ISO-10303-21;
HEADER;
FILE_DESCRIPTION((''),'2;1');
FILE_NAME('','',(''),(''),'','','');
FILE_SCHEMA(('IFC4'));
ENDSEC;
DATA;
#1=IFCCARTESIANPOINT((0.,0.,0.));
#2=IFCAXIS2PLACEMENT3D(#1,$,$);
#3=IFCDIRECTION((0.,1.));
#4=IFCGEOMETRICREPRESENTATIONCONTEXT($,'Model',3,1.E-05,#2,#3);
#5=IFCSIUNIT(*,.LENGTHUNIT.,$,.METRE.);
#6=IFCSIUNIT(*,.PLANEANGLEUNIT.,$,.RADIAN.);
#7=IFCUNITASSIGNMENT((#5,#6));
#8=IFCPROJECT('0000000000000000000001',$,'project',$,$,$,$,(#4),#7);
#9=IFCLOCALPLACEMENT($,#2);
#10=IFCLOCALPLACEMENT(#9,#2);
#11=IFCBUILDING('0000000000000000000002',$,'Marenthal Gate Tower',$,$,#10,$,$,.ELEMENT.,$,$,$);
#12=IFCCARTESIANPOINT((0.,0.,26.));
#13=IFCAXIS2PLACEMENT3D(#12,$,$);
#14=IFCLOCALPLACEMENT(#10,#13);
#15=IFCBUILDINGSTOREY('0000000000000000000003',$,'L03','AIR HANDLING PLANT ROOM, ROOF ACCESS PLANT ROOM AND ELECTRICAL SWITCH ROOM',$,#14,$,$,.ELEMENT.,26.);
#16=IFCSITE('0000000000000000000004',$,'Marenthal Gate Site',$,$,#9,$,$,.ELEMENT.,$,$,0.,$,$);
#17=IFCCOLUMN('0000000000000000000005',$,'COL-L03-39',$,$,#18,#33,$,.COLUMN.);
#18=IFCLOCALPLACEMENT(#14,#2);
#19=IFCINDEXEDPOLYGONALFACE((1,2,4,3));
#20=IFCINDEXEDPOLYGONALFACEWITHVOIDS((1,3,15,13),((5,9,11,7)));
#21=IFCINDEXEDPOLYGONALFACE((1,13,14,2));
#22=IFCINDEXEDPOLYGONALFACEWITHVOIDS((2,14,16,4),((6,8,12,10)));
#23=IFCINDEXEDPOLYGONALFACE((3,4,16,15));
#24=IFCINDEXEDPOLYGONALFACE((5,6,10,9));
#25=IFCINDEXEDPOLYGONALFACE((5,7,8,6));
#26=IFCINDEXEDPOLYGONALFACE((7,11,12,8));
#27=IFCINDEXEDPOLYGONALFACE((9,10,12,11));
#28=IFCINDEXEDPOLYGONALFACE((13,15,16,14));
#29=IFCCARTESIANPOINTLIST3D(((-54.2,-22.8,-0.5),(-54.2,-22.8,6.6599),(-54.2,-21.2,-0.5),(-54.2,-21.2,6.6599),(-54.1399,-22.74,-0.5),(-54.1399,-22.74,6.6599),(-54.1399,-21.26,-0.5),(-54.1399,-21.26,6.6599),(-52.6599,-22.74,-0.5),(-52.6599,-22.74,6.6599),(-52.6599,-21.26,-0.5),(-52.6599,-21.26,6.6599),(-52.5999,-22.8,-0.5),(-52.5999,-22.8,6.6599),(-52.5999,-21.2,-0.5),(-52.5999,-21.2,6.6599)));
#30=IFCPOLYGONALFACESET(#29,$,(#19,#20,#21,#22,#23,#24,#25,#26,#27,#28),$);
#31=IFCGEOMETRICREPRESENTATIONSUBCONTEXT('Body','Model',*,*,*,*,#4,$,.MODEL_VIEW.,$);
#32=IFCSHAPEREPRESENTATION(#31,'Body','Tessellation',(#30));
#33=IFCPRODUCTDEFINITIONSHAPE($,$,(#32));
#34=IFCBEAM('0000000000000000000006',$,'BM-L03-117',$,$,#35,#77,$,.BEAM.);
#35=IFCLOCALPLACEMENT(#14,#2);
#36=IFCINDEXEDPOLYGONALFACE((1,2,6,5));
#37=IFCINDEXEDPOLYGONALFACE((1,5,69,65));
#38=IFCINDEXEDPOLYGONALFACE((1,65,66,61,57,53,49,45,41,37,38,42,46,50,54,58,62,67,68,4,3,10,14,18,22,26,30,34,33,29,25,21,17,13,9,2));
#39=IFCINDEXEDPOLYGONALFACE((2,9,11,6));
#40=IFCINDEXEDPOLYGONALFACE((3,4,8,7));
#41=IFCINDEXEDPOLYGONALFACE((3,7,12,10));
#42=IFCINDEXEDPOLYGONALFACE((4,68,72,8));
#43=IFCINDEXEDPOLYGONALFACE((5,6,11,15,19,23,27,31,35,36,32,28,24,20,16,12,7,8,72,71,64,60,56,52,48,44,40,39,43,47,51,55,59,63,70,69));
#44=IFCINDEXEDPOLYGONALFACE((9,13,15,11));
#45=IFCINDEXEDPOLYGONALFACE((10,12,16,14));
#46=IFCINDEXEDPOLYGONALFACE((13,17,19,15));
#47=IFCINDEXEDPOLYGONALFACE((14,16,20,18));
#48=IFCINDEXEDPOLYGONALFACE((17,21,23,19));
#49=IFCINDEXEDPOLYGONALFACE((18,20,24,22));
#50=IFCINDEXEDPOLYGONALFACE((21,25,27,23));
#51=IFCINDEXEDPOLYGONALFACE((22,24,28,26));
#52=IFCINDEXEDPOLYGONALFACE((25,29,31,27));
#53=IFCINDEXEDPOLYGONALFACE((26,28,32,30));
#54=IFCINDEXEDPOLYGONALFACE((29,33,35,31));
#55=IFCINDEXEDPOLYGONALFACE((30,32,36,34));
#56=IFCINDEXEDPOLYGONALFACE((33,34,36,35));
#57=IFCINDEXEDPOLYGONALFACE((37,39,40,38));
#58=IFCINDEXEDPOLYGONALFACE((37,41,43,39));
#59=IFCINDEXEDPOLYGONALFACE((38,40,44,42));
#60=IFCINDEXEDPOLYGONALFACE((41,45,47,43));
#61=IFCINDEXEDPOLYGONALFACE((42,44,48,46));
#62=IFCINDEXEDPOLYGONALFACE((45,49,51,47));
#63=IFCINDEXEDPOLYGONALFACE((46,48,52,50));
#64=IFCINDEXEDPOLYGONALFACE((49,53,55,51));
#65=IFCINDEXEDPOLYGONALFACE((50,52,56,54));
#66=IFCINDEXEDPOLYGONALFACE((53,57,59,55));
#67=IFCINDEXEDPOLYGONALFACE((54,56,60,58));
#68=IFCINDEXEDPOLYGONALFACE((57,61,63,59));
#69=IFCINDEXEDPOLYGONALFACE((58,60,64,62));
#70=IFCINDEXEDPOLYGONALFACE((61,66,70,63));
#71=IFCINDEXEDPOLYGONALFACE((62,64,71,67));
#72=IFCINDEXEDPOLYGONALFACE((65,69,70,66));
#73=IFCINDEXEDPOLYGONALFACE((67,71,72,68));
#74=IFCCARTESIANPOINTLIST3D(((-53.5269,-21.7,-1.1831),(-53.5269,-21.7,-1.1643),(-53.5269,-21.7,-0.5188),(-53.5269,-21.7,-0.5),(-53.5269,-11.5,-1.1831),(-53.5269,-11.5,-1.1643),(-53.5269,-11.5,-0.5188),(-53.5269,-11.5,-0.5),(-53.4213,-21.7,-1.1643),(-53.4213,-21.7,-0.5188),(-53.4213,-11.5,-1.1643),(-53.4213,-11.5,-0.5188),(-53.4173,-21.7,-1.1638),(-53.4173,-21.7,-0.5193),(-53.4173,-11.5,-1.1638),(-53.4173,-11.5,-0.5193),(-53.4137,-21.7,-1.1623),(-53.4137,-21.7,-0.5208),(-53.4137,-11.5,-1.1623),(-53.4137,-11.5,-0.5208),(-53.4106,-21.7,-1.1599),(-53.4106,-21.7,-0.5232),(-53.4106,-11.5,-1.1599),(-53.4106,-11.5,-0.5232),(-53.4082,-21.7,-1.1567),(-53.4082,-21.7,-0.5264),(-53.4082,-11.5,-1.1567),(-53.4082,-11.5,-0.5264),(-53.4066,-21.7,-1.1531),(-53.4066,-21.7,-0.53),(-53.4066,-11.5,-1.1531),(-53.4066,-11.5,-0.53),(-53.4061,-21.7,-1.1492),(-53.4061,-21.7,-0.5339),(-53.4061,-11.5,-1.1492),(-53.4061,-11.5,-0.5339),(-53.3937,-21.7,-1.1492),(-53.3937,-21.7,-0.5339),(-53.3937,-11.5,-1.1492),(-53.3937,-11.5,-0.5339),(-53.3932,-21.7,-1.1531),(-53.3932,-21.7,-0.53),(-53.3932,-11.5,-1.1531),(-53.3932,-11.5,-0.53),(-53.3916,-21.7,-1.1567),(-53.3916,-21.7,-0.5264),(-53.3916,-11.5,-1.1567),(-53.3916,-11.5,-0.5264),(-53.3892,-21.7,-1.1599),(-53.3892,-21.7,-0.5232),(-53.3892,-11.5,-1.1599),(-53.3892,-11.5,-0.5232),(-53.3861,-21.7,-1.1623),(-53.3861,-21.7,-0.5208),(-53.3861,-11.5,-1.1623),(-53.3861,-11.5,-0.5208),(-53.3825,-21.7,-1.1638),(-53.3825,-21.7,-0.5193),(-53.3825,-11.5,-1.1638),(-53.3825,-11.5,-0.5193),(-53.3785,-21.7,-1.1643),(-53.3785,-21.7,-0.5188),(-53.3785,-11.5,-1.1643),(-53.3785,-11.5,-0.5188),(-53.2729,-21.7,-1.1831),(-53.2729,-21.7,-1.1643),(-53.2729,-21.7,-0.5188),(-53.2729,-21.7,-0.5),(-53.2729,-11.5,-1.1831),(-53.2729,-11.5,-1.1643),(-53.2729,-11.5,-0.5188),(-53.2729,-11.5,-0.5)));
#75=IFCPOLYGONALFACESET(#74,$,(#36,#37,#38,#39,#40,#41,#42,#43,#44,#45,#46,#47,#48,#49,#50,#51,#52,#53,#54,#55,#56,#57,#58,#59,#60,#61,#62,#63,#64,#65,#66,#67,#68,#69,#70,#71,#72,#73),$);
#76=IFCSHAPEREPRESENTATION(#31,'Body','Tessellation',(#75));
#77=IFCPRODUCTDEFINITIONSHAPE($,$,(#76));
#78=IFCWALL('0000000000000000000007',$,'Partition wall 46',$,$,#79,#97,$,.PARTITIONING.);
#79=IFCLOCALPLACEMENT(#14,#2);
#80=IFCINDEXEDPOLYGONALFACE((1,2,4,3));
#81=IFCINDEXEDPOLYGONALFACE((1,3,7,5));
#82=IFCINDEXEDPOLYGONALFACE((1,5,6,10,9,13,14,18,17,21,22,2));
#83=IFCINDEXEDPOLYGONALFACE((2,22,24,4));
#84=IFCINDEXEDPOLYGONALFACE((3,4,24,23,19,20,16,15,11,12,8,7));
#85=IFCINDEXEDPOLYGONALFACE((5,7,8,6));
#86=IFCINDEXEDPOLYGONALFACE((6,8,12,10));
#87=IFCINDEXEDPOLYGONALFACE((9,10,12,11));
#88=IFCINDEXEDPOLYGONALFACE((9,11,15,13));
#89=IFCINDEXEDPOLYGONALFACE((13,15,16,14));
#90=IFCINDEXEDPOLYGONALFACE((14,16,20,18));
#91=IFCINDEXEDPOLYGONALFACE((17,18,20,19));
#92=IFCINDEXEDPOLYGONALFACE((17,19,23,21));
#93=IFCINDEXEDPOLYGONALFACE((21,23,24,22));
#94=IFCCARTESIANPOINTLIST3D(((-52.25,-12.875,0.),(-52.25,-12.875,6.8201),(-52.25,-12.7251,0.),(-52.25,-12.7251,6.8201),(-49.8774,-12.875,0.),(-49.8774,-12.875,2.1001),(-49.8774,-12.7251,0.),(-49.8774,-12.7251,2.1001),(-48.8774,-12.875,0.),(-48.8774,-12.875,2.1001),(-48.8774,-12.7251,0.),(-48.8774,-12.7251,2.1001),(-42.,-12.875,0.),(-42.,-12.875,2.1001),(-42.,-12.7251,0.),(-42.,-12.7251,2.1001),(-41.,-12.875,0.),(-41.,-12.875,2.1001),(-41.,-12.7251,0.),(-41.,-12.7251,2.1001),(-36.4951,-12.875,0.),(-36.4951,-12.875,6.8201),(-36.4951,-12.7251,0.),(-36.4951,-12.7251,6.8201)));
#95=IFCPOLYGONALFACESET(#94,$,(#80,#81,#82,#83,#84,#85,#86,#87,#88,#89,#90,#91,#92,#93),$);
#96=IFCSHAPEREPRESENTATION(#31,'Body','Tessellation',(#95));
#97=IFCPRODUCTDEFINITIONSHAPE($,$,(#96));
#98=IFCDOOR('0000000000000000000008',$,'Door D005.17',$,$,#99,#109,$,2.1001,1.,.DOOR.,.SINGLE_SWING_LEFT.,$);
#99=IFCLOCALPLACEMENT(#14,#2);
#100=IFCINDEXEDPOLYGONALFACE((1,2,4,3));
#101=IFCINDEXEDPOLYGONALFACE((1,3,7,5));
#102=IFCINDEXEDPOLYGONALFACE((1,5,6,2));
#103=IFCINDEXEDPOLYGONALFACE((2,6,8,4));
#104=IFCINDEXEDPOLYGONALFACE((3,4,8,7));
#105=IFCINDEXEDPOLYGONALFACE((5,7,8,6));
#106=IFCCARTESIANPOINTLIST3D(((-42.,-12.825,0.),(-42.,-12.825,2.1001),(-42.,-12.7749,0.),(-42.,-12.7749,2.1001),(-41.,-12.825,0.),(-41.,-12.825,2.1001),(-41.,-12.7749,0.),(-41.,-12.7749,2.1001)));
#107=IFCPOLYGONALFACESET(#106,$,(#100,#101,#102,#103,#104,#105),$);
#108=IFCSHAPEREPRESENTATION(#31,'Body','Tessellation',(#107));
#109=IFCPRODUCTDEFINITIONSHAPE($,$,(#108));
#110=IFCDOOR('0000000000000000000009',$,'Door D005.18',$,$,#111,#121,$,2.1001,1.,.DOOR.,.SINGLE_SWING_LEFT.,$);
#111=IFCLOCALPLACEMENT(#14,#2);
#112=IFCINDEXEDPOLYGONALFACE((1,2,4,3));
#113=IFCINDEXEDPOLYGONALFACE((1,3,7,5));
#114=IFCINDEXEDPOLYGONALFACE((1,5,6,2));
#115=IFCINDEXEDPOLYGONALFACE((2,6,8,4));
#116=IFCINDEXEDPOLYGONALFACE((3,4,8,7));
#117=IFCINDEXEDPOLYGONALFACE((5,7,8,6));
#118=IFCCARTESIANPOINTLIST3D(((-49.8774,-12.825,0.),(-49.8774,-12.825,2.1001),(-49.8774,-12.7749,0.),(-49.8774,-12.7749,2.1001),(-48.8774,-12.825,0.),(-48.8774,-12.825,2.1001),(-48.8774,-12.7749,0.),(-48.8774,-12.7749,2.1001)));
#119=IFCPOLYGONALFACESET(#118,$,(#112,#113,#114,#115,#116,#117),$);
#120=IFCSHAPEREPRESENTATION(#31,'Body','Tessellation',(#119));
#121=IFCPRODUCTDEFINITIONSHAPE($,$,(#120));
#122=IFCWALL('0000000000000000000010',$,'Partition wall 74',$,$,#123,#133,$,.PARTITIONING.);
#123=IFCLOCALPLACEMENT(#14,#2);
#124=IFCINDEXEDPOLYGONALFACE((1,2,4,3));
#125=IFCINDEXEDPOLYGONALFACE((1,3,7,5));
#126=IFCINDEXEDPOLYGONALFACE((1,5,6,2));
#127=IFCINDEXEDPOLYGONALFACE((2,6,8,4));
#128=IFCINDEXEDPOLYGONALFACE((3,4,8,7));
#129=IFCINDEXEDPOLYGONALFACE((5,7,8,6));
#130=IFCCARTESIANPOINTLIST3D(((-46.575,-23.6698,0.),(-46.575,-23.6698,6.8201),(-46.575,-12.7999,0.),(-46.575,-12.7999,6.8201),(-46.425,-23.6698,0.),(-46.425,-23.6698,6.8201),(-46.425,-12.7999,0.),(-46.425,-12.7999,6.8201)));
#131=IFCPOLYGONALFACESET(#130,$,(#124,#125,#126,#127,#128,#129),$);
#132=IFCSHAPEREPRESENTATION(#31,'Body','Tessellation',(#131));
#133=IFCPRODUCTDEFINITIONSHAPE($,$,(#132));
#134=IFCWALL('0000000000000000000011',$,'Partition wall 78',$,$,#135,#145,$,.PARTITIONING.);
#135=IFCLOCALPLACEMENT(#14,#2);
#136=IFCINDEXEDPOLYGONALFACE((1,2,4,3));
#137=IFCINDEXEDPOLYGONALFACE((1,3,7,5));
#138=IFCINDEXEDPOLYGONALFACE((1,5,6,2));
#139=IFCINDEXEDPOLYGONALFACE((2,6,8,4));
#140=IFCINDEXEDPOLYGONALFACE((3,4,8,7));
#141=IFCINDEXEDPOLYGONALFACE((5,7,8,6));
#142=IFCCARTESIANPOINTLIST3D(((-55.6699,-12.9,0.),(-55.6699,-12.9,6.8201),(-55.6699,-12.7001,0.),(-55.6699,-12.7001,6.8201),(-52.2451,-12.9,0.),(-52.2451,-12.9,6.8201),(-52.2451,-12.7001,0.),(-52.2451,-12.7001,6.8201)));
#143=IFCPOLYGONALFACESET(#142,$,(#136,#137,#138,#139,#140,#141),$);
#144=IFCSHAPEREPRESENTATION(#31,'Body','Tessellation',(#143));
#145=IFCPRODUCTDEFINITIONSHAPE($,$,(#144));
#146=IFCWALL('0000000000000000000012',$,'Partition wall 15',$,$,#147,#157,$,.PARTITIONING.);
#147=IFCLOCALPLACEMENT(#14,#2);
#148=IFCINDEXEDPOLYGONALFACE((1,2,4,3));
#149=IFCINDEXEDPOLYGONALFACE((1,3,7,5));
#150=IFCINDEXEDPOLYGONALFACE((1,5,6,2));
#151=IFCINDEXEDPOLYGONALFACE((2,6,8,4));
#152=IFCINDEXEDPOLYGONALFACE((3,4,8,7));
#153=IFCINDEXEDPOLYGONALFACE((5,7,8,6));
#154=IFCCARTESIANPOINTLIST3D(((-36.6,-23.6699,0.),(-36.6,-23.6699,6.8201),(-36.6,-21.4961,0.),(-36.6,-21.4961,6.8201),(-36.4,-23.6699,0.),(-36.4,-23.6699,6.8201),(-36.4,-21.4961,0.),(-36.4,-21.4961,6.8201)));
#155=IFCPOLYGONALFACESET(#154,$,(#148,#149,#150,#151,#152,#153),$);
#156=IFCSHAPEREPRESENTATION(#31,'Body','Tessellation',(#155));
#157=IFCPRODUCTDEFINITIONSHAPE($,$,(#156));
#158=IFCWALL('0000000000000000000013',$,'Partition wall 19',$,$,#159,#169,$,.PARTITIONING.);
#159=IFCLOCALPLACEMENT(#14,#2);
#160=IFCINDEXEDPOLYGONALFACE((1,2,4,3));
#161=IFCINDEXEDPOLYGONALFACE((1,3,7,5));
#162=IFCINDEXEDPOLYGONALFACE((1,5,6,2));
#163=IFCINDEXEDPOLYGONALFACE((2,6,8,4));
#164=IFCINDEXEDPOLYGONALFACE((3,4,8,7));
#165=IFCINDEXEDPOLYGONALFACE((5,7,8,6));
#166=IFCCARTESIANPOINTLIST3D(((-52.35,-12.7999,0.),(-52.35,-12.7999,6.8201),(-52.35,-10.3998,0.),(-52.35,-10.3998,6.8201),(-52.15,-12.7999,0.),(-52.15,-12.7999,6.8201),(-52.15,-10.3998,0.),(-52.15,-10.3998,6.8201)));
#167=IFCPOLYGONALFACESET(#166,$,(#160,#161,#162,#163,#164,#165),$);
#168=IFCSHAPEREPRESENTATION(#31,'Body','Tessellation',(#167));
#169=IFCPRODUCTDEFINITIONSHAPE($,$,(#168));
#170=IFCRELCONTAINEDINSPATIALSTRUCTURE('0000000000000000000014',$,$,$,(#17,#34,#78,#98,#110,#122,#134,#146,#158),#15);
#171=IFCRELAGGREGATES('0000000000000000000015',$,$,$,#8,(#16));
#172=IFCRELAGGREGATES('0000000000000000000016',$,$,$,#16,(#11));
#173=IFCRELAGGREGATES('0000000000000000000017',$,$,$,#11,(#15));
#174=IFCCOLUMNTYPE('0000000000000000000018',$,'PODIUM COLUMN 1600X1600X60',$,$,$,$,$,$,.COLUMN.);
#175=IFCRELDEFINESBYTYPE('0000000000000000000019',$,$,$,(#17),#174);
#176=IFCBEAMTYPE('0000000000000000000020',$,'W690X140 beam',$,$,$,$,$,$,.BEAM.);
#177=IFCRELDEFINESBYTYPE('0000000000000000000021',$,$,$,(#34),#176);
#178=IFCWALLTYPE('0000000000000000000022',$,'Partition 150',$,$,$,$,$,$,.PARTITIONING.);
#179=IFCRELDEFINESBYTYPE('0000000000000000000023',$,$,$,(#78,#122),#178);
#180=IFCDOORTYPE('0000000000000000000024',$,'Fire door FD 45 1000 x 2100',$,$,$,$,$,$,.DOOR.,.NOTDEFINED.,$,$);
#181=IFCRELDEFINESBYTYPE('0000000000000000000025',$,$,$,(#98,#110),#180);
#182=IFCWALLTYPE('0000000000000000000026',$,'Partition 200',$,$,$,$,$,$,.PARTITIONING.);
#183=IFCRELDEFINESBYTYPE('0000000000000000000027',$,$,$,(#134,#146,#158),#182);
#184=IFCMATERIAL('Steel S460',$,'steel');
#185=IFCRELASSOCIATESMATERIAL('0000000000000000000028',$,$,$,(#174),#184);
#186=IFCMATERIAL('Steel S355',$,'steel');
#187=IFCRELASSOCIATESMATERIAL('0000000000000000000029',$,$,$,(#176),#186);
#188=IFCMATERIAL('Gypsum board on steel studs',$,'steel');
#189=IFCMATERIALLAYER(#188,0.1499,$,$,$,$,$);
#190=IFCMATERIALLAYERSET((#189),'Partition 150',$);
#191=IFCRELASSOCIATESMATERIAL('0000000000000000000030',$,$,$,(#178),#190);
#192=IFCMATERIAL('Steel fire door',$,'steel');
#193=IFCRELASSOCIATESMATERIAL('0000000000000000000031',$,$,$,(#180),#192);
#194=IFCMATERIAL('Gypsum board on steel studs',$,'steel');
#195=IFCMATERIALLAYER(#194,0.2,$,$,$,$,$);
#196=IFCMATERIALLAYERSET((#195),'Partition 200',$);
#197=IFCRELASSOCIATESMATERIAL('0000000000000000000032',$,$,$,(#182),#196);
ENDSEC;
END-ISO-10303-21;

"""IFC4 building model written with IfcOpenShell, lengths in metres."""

from ifc_helpers import new_model, si_unit, direction, frame, frame_2d, origin, origin_2d, place, context, subcontext, project, spatial, rectangle, hollow_rectangle, i_section, extrude, material, layer, layer_set, material_profile, profile_set, type_object, element, fill, save


model = new_model("IFC4")

# Units and contexts
model_context = context("Model", 3, precision=1e-05, world=origin(), true_north=direction((0.0, 1.0)))
body_context = subcontext(model_context, "Body", "Model", "MODEL_VIEW")
ifc_project = project(units=[si_unit("LENGTHUNIT", "METRE"), si_unit("PLANEANGLEUNIT", "RADIAN")], contexts=[model_context])

# Site, building, storey
site_placement = place(None, origin())
site = spatial("IfcSite", under=ifc_project, at=site_placement, Name="Marenthal Gate Site", CompositionType="ELEMENT", RefElevation=0.0)
building_placement = place(site_placement, origin())
building = spatial("IfcBuilding", under=site, at=building_placement, Name="Marenthal Gate Tower", CompositionType="ELEMENT")
storey_placement = place(building_placement, frame((0.0, 0.0, 26.0)))
storey = spatial("IfcBuildingStorey", under=building, at=storey_placement, Name="L03", Description="AIR HANDLING PLANT ROOM, ROOF ACCESS PLANT ROOM AND ELECTRICAL SWITCH ROOM", CompositionType="ELEMENT", Elevation=26.0)

# Column
ifc_material_1 = material(Name="Steel S460", Category="steel")
ifc_material_profile_1 = material_profile(ifc_material_1, hollow_rectangle(XDim=1.6001, YDim=1.6001, WallThickness=0.0601, at=origin_2d()), Name="CFT BOX 1600X1600X60")
ifc_material_2 = material(Name="Concrete 70 MPa", Category="concrete")
ifc_material_profile_2 = material_profile(ifc_material_2, rectangle(XDim=1.48, YDim=1.48, at=origin_2d()), Name="CFT BOX 1600X1600X60 INFILL")
ifc_profile_set_1 = profile_set([ifc_material_profile_1, ifc_material_profile_2], Name="Steel S460 shell, Concrete 70 MPa infill")
column_type = type_object("IfcColumnType", Name="PODIUM COLUMN 1600X1600X60", PredefinedType="COLUMN", material=ifc_profile_set_1)
column_placement = place(storey_placement, frame((-53.3999, -22.0, -0.5), z_axis=(0.0, 0.0, 1.0), x_axis=(1.0, 0.0, 0.0)))
element("IfcColumn", 1, at=column_placement, inside=storey, type_object=column_type, Name="COL-L03-39", PredefinedType="COLUMN", context=body_context, shape_type="SweptSolid", body=[
    extrude(hollow_rectangle(XDim=1.6001, YDim=1.6001, WallThickness=0.0601, at=origin_2d()), origin(), (0.0, 0.0, 1.0), 7.1599),
])

# Beam
ifc_material_3 = material(Name="Steel S355", Category="steel")
ifc_material_profile_3 = material_profile(ifc_material_3, i_section(OverallWidth=0.2539, OverallDepth=0.6831, WebThickness=0.0125, FlangeThickness=0.0188, FilletRadius=0.0151, at=origin_2d()), Name="W690X140")
ifc_profile_set_2 = profile_set([ifc_material_profile_3], Name="Steel S355")
beam_type = type_object("IfcBeamType", Name="W690X140 beam", PredefinedType="BEAM", material=ifc_profile_set_2)
beam_placement = place(storey_placement, frame((-53.3999, -21.7, -0.8416), z_axis=(0.0, 1.0, 0.0), x_axis=(-1.0, 0.0, 0.0)))
element("IfcBeam", 2, at=beam_placement, inside=storey, type_object=beam_type, Name="BM-L03-117", PredefinedType="BEAM", context=body_context, shape_type="SweptSolid", body=[
    extrude(i_section(OverallWidth=0.2539, OverallDepth=0.6831, WebThickness=0.0125, FlangeThickness=0.0188, FilletRadius=0.0151, at=origin_2d()), origin(), (0.0, 0.0, 1.0), 10.2),
])

# Wall, openings, doors
ifc_material_4 = material(Name="Gypsum board on steel studs", Category="steel")
ifc_layer_1 = layer(ifc_material_4, 0.1499)
ifc_layer_set_1 = layer_set([ifc_layer_1], Name="Partition 150")
wall_type_1 = type_object("IfcWallType", Name="Partition 150", PredefinedType="PARTITIONING", material=ifc_layer_set_1)
wall_1_placement = place(storey_placement, frame((-52.25, -12.8, 0.0), z_axis=(0.0, 0.0, 1.0), x_axis=(1.0, 0.0, 0.0)))
wall_1 = element("IfcWall", 3, at=wall_1_placement, inside=storey, type_object=wall_type_1, Name="Partition wall 46", PredefinedType="PARTITIONING", context=body_context, shape_type="SweptSolid", body=[
    extrude(rectangle(XDim=15.7549, YDim=0.1499, at=frame_2d((7.8774, 0.0))), origin(), (0.0, 0.0, 1.0), 6.8201),
])
opening_1_placement = place(wall_1_placement, frame((10.25, 0.0, 0.0)))
opening_1 = element("IfcOpeningElement", 4, at=opening_1_placement, cuts=wall_1, PredefinedType="OPENING", context=body_context, shape_type="SweptSolid", body=[
    extrude(rectangle(XDim=1.0, YDim=2.1001, at=frame_2d((0.5, 1.05))), frame((0.0, 0.085, 0.0), z_axis=(0.0, -1.0, 0.0), x_axis=(1.0, 0.0, 0.0)), (0.0, 0.0, 1.0), 0.1699),
])
opening_2_placement = place(wall_1_placement, frame((2.3726, 0.0, 0.0)))
opening_2 = element("IfcOpeningElement", 5, at=opening_2_placement, cuts=wall_1, PredefinedType="OPENING", context=body_context, shape_type="SweptSolid", body=[
    extrude(rectangle(XDim=1.0, YDim=2.1001, at=frame_2d((0.5, 1.05))), frame((0.0, 0.085, 0.0), z_axis=(0.0, -1.0, 0.0), x_axis=(1.0, 0.0, 0.0)), (0.0, 0.0, 1.0), 0.1699),
])
ifc_material_5 = material(Name="Steel fire door", Category="steel")
door_type_1 = type_object("IfcDoorType", Name="Fire door FD 45 1000 x 2100", OperationType="NOTDEFINED", PredefinedType="DOOR", material=ifc_material_5)
door_1_placement = place(opening_1_placement, frame((1.0, 0.0, 0.0), z_axis=(0.0, 0.0, 1.0), x_axis=(-1.0, 0.0, 0.0)))
door_1 = element("IfcDoor", 6, at=door_1_placement, inside=storey, type_object=door_type_1, Name="Door D005.17", OperationType="SINGLE_SWING_LEFT", OverallHeight=2.1001, OverallWidth=1.0, PredefinedType="DOOR", context=body_context, shape_type="SweptSolid", body=[
    extrude(rectangle(XDim=1.0, YDim=2.1001, at=frame_2d((0.5, 1.05))), frame((0.0, 0.0249, 0.0), z_axis=(0.0, -1.0, 0.0), x_axis=(1.0, 0.0, 0.0)), (0.0, 0.0, 1.0), 0.05),
])
fill(opening_1, door_1)
door_2_placement = place(opening_2_placement, frame((1.0, 0.0, 0.0), z_axis=(0.0, 0.0, 1.0), x_axis=(-1.0, 0.0, 0.0)))
door_2 = element("IfcDoor", 7, at=door_2_placement, inside=storey, type_object=door_type_1, Name="Door D005.18", OperationType="SINGLE_SWING_LEFT", OverallHeight=2.1001, OverallWidth=1.0, PredefinedType="DOOR", context=body_context, shape_type="SweptSolid", body=[
    extrude(rectangle(XDim=1.0, YDim=2.1001, at=frame_2d((0.5, 1.05))), frame((0.0, 0.0249, 0.0), z_axis=(0.0, -1.0, 0.0), x_axis=(1.0, 0.0, 0.0)), (0.0, 0.0, 1.0), 0.05),
])
fill(opening_2, door_2)

# Walls
wall_2_placement = place(storey_placement, frame((-46.5, -23.6699, 0.0), z_axis=(0.0, 0.0, 1.0), x_axis=(0.0, 1.0, 0.0)))
element("IfcWall", 8, at=wall_2_placement, inside=storey, type_object=wall_type_1, Name="Partition wall 74", PredefinedType="PARTITIONING", context=body_context, shape_type="SweptSolid", body=[
    extrude(rectangle(XDim=10.8699, YDim=0.1499, at=frame_2d((5.4351, 0.0))), origin(), (0.0, 0.0, 1.0), 6.8201),
])
ifc_material_6 = material(Name="Gypsum board on steel studs", Category="steel")
ifc_layer_2 = layer(ifc_material_6, 0.2)
ifc_layer_set_2 = layer_set([ifc_layer_2], Name="Partition 200")
wall_type_2 = type_object("IfcWallType", Name="Partition 200", PredefinedType="PARTITIONING", material=ifc_layer_set_2)
wall_3_placement = place(storey_placement, frame((-55.6699, -12.8, 0.0), z_axis=(0.0, 0.0, 1.0), x_axis=(1.0, 0.0, 0.0)))
element("IfcWall", 9, at=wall_3_placement, inside=storey, type_object=wall_type_2, Name="Partition wall 78", PredefinedType="PARTITIONING", context=body_context, shape_type="SweptSolid", body=[
    extrude(rectangle(XDim=3.4248, YDim=0.2, at=frame_2d((1.7124, 0.0))), origin(), (0.0, 0.0, 1.0), 6.8201),
])
wall_4_placement = place(storey_placement, frame((-36.5, -23.6699, 0.0), z_axis=(0.0, 0.0, 1.0), x_axis=(0.0, 1.0, 0.0)))
element("IfcWall", 10, at=wall_4_placement, inside=storey, type_object=wall_type_2, Name="Partition wall 15", PredefinedType="PARTITIONING", context=body_context, shape_type="SweptSolid", body=[
    extrude(rectangle(XDim=2.1738, YDim=0.2, at=frame_2d((1.0869, 0.0))), origin(), (0.0, 0.0, 1.0), 6.8201),
])
wall_5_placement = place(storey_placement, frame((-52.25, -12.8, 0.0), z_axis=(0.0, 0.0, 1.0), x_axis=(0.0, 1.0, 0.0)))
element("IfcWall", 11, at=wall_5_placement, inside=storey, type_object=wall_type_2, Name="Partition wall 19", PredefinedType="PARTITIONING", context=body_context, shape_type="SweptSolid", body=[
    extrude(rectangle(XDim=2.4001, YDim=0.2, at=frame_2d((1.2002, 0.0))), origin(), (0.0, 0.0, 1.0), 6.8201),
])

save(model, "model.ifc")
